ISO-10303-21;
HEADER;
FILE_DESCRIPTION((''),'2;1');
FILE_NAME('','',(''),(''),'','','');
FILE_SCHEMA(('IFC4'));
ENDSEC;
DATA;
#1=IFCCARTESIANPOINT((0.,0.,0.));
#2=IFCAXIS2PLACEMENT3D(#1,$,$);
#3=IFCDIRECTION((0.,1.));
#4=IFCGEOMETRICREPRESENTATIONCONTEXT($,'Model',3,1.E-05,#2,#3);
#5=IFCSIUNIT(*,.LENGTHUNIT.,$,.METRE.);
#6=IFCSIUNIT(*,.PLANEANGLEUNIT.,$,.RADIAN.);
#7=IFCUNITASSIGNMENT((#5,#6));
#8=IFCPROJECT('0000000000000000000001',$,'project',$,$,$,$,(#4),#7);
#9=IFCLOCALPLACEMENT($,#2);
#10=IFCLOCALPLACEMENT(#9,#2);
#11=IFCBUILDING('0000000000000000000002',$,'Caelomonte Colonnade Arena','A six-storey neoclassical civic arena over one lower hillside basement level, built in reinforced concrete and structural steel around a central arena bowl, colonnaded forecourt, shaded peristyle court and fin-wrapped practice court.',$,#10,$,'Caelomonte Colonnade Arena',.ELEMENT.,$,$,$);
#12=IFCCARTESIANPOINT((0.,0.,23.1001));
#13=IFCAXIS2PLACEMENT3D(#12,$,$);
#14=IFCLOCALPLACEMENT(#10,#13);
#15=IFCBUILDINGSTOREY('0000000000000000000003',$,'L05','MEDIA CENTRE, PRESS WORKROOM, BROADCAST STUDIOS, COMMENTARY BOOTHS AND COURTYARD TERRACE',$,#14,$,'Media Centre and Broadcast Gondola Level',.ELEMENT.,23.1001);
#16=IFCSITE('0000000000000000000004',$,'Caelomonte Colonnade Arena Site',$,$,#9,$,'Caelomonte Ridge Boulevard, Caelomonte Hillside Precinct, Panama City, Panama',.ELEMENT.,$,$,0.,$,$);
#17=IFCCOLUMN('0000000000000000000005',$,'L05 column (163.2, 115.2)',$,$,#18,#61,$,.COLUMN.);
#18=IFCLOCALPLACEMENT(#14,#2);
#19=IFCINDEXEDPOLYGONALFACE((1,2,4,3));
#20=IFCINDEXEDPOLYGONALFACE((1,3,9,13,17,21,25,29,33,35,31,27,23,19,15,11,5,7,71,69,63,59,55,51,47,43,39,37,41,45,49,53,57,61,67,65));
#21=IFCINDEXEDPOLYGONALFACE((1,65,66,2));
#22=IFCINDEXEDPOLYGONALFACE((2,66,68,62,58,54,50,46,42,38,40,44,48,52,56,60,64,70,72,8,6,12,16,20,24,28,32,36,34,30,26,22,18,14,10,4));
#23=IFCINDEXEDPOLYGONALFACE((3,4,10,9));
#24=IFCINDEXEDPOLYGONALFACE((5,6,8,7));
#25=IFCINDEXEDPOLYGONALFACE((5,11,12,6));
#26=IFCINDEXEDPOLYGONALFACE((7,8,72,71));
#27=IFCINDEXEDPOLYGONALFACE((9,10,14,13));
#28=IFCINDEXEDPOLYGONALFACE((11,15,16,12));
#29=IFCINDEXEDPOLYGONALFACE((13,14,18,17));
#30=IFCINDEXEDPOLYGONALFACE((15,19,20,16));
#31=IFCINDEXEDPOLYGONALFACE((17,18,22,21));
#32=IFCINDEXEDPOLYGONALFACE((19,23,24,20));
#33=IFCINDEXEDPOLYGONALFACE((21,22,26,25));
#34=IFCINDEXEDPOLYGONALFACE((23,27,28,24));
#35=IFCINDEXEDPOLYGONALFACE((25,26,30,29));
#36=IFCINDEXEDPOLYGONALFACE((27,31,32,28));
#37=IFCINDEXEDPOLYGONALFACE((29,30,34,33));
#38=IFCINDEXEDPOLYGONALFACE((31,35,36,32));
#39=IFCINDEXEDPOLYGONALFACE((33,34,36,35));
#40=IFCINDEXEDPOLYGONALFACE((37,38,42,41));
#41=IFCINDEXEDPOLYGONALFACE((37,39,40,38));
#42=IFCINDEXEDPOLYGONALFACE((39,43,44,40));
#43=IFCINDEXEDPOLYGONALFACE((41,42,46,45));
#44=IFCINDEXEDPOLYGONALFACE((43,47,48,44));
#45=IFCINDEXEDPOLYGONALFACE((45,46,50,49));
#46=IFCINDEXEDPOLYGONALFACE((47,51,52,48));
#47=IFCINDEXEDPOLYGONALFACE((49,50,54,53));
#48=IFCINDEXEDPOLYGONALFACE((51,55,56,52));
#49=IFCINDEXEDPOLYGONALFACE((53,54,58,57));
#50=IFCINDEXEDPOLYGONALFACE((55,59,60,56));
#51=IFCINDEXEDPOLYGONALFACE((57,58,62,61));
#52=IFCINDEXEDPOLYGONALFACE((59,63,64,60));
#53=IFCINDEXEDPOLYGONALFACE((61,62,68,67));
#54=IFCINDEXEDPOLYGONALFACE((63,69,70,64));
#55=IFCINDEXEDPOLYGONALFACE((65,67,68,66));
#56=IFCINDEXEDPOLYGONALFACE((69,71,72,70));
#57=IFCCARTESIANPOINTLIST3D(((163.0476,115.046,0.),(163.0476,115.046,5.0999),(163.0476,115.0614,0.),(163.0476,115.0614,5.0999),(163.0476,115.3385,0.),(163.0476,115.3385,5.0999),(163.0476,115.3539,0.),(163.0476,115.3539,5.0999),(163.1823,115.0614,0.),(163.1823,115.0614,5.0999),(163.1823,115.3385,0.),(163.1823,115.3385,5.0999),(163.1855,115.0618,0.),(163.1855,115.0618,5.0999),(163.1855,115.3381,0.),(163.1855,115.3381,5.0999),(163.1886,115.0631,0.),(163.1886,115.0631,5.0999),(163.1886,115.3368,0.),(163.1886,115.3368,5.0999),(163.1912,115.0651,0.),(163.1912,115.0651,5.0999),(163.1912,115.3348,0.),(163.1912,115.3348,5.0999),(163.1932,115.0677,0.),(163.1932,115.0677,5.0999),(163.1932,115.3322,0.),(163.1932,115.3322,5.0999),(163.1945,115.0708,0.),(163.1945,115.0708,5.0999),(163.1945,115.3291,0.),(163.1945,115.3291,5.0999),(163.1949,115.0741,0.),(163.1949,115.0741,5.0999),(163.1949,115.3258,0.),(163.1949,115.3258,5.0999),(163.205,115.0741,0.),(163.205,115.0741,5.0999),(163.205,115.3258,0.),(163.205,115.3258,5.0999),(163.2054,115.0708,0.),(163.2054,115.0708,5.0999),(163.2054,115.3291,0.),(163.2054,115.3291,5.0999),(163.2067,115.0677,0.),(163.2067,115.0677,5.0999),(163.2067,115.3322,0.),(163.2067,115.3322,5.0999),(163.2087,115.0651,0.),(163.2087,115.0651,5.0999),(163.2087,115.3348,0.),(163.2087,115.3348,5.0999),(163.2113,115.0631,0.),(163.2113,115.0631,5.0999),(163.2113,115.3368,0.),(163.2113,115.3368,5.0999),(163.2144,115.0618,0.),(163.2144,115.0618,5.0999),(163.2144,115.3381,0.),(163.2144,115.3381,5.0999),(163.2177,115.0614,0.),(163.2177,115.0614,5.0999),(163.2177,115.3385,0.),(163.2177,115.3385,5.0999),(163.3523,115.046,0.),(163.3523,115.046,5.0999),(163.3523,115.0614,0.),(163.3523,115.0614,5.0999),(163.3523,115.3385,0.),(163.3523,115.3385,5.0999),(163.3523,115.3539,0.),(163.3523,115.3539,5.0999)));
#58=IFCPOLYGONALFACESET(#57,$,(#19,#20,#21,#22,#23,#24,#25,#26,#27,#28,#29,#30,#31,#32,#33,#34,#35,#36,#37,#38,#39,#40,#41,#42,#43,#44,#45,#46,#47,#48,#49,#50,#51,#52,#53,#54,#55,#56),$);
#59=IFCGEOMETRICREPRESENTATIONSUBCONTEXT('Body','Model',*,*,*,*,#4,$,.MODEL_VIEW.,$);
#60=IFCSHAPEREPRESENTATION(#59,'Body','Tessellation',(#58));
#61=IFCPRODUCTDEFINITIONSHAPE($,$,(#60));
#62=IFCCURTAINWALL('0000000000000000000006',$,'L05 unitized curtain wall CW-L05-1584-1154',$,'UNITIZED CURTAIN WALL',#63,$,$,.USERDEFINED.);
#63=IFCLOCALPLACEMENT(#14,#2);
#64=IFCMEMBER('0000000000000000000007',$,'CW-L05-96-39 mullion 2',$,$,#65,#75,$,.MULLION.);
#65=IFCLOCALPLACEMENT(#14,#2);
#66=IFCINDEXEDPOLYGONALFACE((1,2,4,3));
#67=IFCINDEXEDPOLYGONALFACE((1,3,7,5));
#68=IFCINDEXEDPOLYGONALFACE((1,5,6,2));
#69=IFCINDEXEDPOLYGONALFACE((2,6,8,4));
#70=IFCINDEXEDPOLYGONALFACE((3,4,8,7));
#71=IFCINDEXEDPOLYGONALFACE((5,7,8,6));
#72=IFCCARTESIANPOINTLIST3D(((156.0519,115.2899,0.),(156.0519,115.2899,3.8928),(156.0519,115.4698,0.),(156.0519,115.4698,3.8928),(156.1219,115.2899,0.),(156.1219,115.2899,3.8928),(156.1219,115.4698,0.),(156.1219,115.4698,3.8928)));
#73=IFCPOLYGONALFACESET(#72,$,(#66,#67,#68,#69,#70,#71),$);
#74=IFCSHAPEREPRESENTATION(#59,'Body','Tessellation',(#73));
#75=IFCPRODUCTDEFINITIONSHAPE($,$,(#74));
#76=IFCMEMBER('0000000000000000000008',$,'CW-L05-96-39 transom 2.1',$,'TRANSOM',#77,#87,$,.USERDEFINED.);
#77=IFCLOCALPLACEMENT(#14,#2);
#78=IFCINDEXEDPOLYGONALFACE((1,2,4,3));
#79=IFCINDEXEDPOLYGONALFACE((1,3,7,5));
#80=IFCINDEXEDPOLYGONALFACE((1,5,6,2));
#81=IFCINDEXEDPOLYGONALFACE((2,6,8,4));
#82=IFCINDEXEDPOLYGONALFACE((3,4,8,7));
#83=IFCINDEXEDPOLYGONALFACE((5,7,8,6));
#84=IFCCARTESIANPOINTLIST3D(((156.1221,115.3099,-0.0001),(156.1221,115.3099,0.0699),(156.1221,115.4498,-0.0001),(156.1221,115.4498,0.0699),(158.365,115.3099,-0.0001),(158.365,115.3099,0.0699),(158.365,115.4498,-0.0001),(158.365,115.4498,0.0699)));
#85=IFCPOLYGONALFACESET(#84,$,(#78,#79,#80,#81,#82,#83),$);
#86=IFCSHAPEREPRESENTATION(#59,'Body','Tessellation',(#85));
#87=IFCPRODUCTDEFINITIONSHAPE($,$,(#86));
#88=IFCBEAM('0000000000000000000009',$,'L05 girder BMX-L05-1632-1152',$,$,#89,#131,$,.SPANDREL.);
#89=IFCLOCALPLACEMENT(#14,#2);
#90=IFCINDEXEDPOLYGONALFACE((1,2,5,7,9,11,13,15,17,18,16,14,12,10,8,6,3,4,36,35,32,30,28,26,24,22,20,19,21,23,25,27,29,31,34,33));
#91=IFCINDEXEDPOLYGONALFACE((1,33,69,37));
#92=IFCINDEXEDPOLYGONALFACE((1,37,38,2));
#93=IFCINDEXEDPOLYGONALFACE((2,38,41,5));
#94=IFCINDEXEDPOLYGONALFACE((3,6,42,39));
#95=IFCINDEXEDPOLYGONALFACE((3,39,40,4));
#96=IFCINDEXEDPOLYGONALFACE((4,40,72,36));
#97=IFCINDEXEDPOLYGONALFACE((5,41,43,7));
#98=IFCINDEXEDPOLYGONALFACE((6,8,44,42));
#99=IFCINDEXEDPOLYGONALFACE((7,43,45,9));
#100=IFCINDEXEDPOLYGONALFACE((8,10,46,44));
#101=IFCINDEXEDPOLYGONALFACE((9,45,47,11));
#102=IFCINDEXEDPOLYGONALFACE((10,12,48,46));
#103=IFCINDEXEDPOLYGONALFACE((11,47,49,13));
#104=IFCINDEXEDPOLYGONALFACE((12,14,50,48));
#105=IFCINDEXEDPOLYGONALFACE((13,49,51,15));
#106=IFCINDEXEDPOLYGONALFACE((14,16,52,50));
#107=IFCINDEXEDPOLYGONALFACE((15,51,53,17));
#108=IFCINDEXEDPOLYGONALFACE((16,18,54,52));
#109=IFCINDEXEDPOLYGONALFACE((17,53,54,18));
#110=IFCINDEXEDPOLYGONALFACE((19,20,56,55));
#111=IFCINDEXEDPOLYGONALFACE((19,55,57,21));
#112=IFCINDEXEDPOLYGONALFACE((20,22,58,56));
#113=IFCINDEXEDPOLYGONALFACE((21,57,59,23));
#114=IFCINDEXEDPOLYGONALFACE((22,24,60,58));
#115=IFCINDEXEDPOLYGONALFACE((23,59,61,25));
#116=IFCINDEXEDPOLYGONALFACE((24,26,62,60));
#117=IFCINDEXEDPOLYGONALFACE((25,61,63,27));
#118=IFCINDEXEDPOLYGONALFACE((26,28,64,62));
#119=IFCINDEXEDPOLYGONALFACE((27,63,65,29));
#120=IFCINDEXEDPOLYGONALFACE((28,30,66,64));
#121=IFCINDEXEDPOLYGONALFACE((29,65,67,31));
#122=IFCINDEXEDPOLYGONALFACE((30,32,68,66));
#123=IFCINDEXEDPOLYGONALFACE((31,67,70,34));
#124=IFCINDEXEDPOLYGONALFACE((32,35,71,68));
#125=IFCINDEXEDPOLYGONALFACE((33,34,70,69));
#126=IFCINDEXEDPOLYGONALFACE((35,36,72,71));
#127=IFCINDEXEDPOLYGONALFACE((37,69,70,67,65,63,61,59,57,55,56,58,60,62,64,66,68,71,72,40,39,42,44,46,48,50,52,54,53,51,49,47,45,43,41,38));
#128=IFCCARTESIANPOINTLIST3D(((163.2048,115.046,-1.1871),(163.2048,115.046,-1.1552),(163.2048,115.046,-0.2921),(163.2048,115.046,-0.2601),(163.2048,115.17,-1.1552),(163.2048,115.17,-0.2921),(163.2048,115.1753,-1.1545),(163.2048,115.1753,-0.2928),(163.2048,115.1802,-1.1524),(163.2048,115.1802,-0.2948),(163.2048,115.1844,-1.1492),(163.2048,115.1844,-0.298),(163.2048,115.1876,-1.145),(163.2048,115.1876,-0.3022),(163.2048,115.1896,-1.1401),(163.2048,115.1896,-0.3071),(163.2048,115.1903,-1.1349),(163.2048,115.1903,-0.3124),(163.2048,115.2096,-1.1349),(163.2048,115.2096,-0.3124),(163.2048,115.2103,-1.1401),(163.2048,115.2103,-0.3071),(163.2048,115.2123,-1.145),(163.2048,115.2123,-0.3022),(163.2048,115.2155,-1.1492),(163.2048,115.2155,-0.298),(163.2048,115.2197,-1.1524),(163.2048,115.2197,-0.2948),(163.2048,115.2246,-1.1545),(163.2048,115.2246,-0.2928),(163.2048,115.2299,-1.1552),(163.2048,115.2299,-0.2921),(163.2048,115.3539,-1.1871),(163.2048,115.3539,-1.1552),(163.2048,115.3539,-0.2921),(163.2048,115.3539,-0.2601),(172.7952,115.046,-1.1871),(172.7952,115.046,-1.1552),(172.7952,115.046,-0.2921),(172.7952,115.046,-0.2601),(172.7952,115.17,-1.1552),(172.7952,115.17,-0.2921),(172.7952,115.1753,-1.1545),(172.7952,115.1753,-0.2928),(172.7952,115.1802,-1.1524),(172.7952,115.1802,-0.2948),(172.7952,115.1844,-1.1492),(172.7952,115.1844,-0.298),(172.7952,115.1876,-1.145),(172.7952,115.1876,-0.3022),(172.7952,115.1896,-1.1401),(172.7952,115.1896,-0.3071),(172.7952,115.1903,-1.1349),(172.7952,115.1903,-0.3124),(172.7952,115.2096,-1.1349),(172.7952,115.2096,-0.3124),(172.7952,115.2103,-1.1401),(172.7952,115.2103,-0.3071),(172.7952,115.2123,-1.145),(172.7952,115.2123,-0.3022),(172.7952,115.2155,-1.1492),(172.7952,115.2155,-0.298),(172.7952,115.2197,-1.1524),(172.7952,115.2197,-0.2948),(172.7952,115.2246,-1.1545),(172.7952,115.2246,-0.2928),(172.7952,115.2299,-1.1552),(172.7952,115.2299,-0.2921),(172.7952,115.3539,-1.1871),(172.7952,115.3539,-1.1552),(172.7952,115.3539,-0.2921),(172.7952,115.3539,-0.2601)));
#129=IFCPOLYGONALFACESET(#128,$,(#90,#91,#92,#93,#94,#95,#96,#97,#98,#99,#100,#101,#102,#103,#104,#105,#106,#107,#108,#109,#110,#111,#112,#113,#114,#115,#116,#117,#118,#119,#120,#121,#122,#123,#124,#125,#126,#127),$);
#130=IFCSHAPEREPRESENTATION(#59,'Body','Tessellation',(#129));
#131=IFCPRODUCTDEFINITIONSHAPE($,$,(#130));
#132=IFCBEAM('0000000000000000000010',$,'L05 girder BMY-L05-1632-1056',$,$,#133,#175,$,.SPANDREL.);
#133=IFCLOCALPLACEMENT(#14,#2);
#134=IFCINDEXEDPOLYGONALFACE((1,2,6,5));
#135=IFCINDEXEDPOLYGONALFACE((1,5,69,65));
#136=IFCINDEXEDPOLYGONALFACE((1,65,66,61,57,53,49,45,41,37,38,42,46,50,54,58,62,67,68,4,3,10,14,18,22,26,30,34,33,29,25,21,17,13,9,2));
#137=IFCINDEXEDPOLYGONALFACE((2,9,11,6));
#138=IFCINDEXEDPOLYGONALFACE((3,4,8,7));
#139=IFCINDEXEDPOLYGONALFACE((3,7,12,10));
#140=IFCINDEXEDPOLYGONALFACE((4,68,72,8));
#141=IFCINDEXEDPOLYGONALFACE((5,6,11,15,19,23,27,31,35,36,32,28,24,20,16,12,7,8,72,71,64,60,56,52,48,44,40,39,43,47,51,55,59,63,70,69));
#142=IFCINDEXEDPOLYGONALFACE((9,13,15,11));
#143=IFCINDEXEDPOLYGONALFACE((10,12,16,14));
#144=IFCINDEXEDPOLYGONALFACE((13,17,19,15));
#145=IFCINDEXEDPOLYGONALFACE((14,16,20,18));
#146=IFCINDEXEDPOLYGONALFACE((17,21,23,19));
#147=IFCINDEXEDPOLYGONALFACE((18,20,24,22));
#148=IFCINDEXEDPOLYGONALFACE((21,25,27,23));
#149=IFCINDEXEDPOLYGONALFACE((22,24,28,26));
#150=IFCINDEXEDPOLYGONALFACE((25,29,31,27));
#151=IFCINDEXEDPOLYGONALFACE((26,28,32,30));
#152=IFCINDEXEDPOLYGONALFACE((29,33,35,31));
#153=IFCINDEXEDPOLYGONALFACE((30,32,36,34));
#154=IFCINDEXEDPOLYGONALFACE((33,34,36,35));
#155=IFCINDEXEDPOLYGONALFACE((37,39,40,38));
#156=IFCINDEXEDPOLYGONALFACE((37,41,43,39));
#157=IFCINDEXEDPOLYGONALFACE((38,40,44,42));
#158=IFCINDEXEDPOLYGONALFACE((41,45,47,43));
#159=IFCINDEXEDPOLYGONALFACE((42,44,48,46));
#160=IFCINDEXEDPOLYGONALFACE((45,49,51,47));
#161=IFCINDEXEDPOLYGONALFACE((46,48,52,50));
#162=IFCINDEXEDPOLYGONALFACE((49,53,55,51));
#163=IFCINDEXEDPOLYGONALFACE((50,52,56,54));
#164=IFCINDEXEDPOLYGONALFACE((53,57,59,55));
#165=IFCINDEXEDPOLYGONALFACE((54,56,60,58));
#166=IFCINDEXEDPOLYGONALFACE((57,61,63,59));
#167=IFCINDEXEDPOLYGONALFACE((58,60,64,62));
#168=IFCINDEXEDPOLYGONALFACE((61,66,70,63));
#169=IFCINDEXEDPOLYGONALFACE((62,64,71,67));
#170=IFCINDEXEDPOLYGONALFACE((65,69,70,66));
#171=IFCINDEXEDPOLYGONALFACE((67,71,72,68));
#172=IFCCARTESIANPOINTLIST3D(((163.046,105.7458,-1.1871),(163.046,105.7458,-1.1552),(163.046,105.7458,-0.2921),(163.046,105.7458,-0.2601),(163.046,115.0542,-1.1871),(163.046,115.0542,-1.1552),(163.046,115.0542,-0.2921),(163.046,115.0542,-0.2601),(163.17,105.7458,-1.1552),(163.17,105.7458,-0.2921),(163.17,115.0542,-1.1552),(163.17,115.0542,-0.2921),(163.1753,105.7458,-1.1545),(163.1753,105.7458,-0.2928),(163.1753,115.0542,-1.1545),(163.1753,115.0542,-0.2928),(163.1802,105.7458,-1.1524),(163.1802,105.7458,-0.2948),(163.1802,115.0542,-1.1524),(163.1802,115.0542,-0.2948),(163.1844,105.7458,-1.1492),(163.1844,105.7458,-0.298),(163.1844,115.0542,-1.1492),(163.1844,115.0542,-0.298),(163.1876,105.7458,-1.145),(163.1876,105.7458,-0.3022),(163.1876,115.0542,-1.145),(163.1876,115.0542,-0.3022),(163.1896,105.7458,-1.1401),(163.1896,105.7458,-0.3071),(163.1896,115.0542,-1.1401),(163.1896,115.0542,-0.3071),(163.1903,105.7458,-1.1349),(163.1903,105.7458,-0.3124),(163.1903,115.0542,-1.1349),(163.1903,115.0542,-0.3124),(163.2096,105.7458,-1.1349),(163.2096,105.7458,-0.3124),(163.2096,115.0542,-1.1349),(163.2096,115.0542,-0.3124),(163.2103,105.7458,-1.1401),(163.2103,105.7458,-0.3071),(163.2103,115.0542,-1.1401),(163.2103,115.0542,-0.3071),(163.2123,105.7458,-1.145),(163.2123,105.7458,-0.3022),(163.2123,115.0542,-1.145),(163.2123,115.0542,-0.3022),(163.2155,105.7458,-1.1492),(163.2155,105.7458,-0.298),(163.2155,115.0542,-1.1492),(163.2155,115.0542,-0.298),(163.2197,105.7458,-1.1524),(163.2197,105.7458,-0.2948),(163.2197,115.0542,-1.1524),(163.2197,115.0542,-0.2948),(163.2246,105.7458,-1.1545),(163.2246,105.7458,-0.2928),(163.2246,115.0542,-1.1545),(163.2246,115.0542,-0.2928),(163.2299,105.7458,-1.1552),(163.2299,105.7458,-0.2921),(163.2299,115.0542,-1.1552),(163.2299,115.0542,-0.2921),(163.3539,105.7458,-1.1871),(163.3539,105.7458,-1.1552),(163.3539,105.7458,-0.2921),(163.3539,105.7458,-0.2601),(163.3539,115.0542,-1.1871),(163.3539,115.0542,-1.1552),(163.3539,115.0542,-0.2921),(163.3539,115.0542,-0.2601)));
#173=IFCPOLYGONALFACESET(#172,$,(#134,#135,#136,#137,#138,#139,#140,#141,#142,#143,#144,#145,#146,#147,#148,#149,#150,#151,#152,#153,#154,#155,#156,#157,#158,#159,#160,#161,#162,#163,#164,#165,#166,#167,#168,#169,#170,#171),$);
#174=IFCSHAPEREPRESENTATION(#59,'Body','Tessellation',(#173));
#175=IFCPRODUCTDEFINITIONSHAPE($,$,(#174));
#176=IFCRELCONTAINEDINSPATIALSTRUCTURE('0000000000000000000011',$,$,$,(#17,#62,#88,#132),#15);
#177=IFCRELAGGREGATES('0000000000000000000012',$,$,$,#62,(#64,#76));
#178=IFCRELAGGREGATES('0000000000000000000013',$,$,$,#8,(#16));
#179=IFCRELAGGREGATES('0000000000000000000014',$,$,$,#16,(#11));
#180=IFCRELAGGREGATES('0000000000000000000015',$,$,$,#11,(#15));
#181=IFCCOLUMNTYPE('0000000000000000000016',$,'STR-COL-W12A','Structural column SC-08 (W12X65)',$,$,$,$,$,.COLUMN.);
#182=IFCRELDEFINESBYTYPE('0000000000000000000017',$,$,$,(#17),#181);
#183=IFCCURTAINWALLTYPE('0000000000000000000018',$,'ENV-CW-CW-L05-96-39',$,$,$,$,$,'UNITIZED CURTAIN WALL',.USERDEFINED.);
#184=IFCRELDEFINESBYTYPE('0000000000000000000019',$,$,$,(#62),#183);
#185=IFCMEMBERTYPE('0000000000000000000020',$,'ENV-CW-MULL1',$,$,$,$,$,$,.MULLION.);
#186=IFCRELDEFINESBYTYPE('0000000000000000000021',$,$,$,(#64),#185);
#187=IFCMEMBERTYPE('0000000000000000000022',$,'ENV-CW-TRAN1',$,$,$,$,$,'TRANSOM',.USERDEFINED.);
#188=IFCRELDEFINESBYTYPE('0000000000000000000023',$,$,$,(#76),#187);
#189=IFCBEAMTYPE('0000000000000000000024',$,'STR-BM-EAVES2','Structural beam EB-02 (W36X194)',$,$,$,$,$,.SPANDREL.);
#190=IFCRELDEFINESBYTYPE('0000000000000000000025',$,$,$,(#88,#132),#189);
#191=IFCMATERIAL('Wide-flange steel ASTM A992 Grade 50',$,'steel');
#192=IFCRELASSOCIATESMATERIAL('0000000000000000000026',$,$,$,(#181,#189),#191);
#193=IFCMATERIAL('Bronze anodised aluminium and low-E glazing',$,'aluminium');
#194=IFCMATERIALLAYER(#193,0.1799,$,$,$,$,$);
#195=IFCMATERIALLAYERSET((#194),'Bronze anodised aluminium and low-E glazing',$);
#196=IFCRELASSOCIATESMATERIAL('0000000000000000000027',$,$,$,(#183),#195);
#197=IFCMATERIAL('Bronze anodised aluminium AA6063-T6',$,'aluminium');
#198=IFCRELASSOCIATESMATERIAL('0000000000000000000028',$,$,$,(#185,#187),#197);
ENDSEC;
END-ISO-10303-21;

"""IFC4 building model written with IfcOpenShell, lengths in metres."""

from ifc_helpers import new_model, si_unit, direction, frame, origin, origin_2d, place, context, subcontext, project, spatial, rectangle, i_section, extrude, material, layer, layer_set, material_profile, profile_set, type_object, element, aggregate, save


model = new_model("IFC4")

# Units and contexts
model_context = context("Model", 3, precision=1e-05, world=origin(), true_north=direction((0.0, 1.0)))
body_context = subcontext(model_context, "Body", "Model", "MODEL_VIEW")
ifc_project = project(units=[si_unit("LENGTHUNIT", "METRE"), si_unit("PLANEANGLEUNIT", "RADIAN")], contexts=[model_context])

# Site, building, storey
site_placement = place(None, origin())
site = spatial("IfcSite", under=ifc_project, at=site_placement, Name="Caelomonte Colonnade Arena Site", LongName="Caelomonte Ridge Boulevard, Caelomonte Hillside Precinct, Panama City, Panama", CompositionType="ELEMENT", RefElevation=0.0)
building_placement = place(site_placement, origin())
building = spatial("IfcBuilding", under=site, at=building_placement, Name="Caelomonte Colonnade Arena", Description="A six-storey neoclassical civic arena over one lower hillside basement level, built in reinforced concrete and structural steel around a central arena bowl, colonnaded forecourt, shaded peristyle court and fin-wrapped practice court.", LongName="Caelomonte Colonnade Arena", CompositionType="ELEMENT")
storey_placement = place(building_placement, frame((0.0, 0.0, 23.1001)))
storey = spatial("IfcBuildingStorey", under=building, at=storey_placement, Name="L05", Description="MEDIA CENTRE, PRESS WORKROOM, BROADCAST STUDIOS, COMMENTARY BOOTHS AND COURTYARD TERRACE", LongName="Media Centre and Broadcast Gondola Level", CompositionType="ELEMENT", Elevation=23.1001)

# Column
ifc_material_1 = material(Name="Wide-flange steel ASTM A992 Grade 50", Category="steel")
ifc_material_profile_1 = material_profile(ifc_material_1, i_section(OverallWidth=0.3047, OverallDepth=0.3079, WebThickness=0.01, FlangeThickness=0.0154, FilletRadius=0.0127, at=origin_2d()), Name="W12X65")
ifc_profile_set_1 = profile_set([ifc_material_profile_1], Name="Wide-flange steel ASTM A992 Grade 50")
column_type = type_object("IfcColumnType", Name="STR-COL-W12A", Description="Structural column SC-08 (W12X65)", PredefinedType="COLUMN", material=ifc_profile_set_1)
column_placement = place(storey_placement, frame((163.2, 115.2, 0.0), z_axis=(0.0, 0.0, 1.0), x_axis=(1.0, 0.0, 0.0)))
element("IfcColumn", 1, at=column_placement, inside=storey, type_object=column_type, Name="L05 column (163.2, 115.2)", PredefinedType="COLUMN", context=body_context, shape_type="SweptSolid", body=[
    extrude(i_section(OverallWidth=0.3047, OverallDepth=0.3079, WebThickness=0.01, FlangeThickness=0.0154, FilletRadius=0.0127, at=origin_2d()), origin(), (0.0, 0.0, 1.0), 5.0999),
])

# Curtain wall, members
ifc_material_2 = material(Name="Bronze anodised aluminium and low-E glazing", Category="aluminium")
ifc_layer_1 = layer(ifc_material_2, 0.1799)
ifc_layer_set_1 = layer_set([ifc_layer_1], Name="Bronze anodised aluminium and low-E glazing")
curtain_wall_type = type_object("IfcCurtainWallType", Name="ENV-CW-CW-L05-96-39", ElementType="UNITIZED CURTAIN WALL", PredefinedType="USERDEFINED", material=ifc_layer_set_1)
curtain_wall_placement = place(storey_placement, origin())
curtain_wall = element("IfcCurtainWall", 2, at=curtain_wall_placement, inside=storey, type_object=curtain_wall_type, Name="L05 unitized curtain wall CW-L05-1584-1154", ObjectType="UNITIZED CURTAIN WALL", PredefinedType="USERDEFINED")
ifc_material_3 = material(Name="Bronze anodised aluminium AA6063-T6", Category="aluminium")
ifc_material_profile_2 = material_profile(ifc_material_3, rectangle(XDim=0.0701, YDim=0.1799, at=origin_2d()), Name="CWM-70X180")
ifc_profile_set_2 = profile_set([ifc_material_profile_2], Name="Bronze anodised aluminium AA6063-T6")
member_type_1 = type_object("IfcMemberType", Name="ENV-CW-MULL1", PredefinedType="MULLION", material=ifc_profile_set_2)
member_1_placement = place(storey_placement, frame((156.0869, 115.3799, 0.0), z_axis=(0.0, 0.0, 1.0), x_axis=(1.0, 0.0, 0.0)))
member_1 = element("IfcMember", 3, at=member_1_placement, type_object=member_type_1, Name="CW-L05-96-39 mullion 2", PredefinedType="MULLION", context=body_context, shape_type="SweptSolid", body=[
    extrude(rectangle(XDim=0.0701, YDim=0.1799, at=origin_2d()), origin(), (0.0, 0.0, 1.0), 3.8928),
])
ifc_material_profile_3 = material_profile(ifc_material_3, rectangle(XDim=0.0701, YDim=0.1399, at=origin_2d()), Name="CWT-70X140")
ifc_profile_set_3 = profile_set([ifc_material_profile_3], Name="Bronze anodised aluminium AA6063-T6")
member_type_2 = type_object("IfcMemberType", Name="ENV-CW-TRAN1", ElementType="TRANSOM", PredefinedType="USERDEFINED", material=ifc_profile_set_3)
member_2_placement = place(storey_placement, frame((156.1221, 115.3799, 0.0349), z_axis=(1.0, 0.0, 0.0), x_axis=(0.0, 0.0, 1.0)))
member_2 = element("IfcMember", 4, at=member_2_placement, type_object=member_type_2, Name="CW-L05-96-39 transom 2.1", ObjectType="TRANSOM", PredefinedType="USERDEFINED", context=body_context, shape_type="SweptSolid", body=[
    extrude(rectangle(XDim=0.0701, YDim=0.1399, at=origin_2d()), origin(), (0.0, 0.0, 1.0), 2.2429),
])
aggregate(curtain_wall, [member_1, member_2])

# Beams
ifc_material_profile_4 = material_profile(ifc_material_1, i_section(OverallWidth=0.3079, OverallDepth=0.927, WebThickness=0.0193, FlangeThickness=0.032, FilletRadius=0.0203, at=origin_2d()), Name="W36X194")
ifc_profile_set_4 = profile_set([ifc_material_profile_4], Name="Wide-flange steel ASTM A992 Grade 50")
beam_type_1 = type_object("IfcBeamType", Name="STR-BM-EAVES2", Description="Structural beam EB-02 (W36X194)", PredefinedType="SPANDREL", material=ifc_profile_set_4)
beam_1_placement = place(storey_placement, frame((163.2048, 115.2, -0.7236), z_axis=(1.0, 0.0, 0.0), x_axis=(0.0, 1.0, 0.0)))
element("IfcBeam", 5, at=beam_1_placement, inside=storey, type_object=beam_type_1, Name="L05 girder BMX-L05-1632-1152", PredefinedType="SPANDREL", context=body_context, shape_type="SweptSolid", body=[
    extrude(i_section(OverallWidth=0.3079, OverallDepth=0.927, WebThickness=0.0193, FlangeThickness=0.032, FilletRadius=0.0203, at=origin_2d()), origin(), (0.0, 0.0, 1.0), 9.5903),
])
beam_2_placement = place(storey_placement, frame((163.2, 105.7458, -0.7236), z_axis=(0.0, 1.0, 0.0), x_axis=(-1.0, 0.0, 0.0)))
element("IfcBeam", 6, at=beam_2_placement, inside=storey, type_object=beam_type_1, Name="L05 girder BMY-L05-1632-1056", PredefinedType="SPANDREL", context=body_context, shape_type="SweptSolid", body=[
    extrude(i_section(OverallWidth=0.3079, OverallDepth=0.927, WebThickness=0.0193, FlangeThickness=0.032, FilletRadius=0.0203, at=origin_2d()), origin(), (0.0, 0.0, 1.0), 9.3083),
])

save(model, "model.ifc")
